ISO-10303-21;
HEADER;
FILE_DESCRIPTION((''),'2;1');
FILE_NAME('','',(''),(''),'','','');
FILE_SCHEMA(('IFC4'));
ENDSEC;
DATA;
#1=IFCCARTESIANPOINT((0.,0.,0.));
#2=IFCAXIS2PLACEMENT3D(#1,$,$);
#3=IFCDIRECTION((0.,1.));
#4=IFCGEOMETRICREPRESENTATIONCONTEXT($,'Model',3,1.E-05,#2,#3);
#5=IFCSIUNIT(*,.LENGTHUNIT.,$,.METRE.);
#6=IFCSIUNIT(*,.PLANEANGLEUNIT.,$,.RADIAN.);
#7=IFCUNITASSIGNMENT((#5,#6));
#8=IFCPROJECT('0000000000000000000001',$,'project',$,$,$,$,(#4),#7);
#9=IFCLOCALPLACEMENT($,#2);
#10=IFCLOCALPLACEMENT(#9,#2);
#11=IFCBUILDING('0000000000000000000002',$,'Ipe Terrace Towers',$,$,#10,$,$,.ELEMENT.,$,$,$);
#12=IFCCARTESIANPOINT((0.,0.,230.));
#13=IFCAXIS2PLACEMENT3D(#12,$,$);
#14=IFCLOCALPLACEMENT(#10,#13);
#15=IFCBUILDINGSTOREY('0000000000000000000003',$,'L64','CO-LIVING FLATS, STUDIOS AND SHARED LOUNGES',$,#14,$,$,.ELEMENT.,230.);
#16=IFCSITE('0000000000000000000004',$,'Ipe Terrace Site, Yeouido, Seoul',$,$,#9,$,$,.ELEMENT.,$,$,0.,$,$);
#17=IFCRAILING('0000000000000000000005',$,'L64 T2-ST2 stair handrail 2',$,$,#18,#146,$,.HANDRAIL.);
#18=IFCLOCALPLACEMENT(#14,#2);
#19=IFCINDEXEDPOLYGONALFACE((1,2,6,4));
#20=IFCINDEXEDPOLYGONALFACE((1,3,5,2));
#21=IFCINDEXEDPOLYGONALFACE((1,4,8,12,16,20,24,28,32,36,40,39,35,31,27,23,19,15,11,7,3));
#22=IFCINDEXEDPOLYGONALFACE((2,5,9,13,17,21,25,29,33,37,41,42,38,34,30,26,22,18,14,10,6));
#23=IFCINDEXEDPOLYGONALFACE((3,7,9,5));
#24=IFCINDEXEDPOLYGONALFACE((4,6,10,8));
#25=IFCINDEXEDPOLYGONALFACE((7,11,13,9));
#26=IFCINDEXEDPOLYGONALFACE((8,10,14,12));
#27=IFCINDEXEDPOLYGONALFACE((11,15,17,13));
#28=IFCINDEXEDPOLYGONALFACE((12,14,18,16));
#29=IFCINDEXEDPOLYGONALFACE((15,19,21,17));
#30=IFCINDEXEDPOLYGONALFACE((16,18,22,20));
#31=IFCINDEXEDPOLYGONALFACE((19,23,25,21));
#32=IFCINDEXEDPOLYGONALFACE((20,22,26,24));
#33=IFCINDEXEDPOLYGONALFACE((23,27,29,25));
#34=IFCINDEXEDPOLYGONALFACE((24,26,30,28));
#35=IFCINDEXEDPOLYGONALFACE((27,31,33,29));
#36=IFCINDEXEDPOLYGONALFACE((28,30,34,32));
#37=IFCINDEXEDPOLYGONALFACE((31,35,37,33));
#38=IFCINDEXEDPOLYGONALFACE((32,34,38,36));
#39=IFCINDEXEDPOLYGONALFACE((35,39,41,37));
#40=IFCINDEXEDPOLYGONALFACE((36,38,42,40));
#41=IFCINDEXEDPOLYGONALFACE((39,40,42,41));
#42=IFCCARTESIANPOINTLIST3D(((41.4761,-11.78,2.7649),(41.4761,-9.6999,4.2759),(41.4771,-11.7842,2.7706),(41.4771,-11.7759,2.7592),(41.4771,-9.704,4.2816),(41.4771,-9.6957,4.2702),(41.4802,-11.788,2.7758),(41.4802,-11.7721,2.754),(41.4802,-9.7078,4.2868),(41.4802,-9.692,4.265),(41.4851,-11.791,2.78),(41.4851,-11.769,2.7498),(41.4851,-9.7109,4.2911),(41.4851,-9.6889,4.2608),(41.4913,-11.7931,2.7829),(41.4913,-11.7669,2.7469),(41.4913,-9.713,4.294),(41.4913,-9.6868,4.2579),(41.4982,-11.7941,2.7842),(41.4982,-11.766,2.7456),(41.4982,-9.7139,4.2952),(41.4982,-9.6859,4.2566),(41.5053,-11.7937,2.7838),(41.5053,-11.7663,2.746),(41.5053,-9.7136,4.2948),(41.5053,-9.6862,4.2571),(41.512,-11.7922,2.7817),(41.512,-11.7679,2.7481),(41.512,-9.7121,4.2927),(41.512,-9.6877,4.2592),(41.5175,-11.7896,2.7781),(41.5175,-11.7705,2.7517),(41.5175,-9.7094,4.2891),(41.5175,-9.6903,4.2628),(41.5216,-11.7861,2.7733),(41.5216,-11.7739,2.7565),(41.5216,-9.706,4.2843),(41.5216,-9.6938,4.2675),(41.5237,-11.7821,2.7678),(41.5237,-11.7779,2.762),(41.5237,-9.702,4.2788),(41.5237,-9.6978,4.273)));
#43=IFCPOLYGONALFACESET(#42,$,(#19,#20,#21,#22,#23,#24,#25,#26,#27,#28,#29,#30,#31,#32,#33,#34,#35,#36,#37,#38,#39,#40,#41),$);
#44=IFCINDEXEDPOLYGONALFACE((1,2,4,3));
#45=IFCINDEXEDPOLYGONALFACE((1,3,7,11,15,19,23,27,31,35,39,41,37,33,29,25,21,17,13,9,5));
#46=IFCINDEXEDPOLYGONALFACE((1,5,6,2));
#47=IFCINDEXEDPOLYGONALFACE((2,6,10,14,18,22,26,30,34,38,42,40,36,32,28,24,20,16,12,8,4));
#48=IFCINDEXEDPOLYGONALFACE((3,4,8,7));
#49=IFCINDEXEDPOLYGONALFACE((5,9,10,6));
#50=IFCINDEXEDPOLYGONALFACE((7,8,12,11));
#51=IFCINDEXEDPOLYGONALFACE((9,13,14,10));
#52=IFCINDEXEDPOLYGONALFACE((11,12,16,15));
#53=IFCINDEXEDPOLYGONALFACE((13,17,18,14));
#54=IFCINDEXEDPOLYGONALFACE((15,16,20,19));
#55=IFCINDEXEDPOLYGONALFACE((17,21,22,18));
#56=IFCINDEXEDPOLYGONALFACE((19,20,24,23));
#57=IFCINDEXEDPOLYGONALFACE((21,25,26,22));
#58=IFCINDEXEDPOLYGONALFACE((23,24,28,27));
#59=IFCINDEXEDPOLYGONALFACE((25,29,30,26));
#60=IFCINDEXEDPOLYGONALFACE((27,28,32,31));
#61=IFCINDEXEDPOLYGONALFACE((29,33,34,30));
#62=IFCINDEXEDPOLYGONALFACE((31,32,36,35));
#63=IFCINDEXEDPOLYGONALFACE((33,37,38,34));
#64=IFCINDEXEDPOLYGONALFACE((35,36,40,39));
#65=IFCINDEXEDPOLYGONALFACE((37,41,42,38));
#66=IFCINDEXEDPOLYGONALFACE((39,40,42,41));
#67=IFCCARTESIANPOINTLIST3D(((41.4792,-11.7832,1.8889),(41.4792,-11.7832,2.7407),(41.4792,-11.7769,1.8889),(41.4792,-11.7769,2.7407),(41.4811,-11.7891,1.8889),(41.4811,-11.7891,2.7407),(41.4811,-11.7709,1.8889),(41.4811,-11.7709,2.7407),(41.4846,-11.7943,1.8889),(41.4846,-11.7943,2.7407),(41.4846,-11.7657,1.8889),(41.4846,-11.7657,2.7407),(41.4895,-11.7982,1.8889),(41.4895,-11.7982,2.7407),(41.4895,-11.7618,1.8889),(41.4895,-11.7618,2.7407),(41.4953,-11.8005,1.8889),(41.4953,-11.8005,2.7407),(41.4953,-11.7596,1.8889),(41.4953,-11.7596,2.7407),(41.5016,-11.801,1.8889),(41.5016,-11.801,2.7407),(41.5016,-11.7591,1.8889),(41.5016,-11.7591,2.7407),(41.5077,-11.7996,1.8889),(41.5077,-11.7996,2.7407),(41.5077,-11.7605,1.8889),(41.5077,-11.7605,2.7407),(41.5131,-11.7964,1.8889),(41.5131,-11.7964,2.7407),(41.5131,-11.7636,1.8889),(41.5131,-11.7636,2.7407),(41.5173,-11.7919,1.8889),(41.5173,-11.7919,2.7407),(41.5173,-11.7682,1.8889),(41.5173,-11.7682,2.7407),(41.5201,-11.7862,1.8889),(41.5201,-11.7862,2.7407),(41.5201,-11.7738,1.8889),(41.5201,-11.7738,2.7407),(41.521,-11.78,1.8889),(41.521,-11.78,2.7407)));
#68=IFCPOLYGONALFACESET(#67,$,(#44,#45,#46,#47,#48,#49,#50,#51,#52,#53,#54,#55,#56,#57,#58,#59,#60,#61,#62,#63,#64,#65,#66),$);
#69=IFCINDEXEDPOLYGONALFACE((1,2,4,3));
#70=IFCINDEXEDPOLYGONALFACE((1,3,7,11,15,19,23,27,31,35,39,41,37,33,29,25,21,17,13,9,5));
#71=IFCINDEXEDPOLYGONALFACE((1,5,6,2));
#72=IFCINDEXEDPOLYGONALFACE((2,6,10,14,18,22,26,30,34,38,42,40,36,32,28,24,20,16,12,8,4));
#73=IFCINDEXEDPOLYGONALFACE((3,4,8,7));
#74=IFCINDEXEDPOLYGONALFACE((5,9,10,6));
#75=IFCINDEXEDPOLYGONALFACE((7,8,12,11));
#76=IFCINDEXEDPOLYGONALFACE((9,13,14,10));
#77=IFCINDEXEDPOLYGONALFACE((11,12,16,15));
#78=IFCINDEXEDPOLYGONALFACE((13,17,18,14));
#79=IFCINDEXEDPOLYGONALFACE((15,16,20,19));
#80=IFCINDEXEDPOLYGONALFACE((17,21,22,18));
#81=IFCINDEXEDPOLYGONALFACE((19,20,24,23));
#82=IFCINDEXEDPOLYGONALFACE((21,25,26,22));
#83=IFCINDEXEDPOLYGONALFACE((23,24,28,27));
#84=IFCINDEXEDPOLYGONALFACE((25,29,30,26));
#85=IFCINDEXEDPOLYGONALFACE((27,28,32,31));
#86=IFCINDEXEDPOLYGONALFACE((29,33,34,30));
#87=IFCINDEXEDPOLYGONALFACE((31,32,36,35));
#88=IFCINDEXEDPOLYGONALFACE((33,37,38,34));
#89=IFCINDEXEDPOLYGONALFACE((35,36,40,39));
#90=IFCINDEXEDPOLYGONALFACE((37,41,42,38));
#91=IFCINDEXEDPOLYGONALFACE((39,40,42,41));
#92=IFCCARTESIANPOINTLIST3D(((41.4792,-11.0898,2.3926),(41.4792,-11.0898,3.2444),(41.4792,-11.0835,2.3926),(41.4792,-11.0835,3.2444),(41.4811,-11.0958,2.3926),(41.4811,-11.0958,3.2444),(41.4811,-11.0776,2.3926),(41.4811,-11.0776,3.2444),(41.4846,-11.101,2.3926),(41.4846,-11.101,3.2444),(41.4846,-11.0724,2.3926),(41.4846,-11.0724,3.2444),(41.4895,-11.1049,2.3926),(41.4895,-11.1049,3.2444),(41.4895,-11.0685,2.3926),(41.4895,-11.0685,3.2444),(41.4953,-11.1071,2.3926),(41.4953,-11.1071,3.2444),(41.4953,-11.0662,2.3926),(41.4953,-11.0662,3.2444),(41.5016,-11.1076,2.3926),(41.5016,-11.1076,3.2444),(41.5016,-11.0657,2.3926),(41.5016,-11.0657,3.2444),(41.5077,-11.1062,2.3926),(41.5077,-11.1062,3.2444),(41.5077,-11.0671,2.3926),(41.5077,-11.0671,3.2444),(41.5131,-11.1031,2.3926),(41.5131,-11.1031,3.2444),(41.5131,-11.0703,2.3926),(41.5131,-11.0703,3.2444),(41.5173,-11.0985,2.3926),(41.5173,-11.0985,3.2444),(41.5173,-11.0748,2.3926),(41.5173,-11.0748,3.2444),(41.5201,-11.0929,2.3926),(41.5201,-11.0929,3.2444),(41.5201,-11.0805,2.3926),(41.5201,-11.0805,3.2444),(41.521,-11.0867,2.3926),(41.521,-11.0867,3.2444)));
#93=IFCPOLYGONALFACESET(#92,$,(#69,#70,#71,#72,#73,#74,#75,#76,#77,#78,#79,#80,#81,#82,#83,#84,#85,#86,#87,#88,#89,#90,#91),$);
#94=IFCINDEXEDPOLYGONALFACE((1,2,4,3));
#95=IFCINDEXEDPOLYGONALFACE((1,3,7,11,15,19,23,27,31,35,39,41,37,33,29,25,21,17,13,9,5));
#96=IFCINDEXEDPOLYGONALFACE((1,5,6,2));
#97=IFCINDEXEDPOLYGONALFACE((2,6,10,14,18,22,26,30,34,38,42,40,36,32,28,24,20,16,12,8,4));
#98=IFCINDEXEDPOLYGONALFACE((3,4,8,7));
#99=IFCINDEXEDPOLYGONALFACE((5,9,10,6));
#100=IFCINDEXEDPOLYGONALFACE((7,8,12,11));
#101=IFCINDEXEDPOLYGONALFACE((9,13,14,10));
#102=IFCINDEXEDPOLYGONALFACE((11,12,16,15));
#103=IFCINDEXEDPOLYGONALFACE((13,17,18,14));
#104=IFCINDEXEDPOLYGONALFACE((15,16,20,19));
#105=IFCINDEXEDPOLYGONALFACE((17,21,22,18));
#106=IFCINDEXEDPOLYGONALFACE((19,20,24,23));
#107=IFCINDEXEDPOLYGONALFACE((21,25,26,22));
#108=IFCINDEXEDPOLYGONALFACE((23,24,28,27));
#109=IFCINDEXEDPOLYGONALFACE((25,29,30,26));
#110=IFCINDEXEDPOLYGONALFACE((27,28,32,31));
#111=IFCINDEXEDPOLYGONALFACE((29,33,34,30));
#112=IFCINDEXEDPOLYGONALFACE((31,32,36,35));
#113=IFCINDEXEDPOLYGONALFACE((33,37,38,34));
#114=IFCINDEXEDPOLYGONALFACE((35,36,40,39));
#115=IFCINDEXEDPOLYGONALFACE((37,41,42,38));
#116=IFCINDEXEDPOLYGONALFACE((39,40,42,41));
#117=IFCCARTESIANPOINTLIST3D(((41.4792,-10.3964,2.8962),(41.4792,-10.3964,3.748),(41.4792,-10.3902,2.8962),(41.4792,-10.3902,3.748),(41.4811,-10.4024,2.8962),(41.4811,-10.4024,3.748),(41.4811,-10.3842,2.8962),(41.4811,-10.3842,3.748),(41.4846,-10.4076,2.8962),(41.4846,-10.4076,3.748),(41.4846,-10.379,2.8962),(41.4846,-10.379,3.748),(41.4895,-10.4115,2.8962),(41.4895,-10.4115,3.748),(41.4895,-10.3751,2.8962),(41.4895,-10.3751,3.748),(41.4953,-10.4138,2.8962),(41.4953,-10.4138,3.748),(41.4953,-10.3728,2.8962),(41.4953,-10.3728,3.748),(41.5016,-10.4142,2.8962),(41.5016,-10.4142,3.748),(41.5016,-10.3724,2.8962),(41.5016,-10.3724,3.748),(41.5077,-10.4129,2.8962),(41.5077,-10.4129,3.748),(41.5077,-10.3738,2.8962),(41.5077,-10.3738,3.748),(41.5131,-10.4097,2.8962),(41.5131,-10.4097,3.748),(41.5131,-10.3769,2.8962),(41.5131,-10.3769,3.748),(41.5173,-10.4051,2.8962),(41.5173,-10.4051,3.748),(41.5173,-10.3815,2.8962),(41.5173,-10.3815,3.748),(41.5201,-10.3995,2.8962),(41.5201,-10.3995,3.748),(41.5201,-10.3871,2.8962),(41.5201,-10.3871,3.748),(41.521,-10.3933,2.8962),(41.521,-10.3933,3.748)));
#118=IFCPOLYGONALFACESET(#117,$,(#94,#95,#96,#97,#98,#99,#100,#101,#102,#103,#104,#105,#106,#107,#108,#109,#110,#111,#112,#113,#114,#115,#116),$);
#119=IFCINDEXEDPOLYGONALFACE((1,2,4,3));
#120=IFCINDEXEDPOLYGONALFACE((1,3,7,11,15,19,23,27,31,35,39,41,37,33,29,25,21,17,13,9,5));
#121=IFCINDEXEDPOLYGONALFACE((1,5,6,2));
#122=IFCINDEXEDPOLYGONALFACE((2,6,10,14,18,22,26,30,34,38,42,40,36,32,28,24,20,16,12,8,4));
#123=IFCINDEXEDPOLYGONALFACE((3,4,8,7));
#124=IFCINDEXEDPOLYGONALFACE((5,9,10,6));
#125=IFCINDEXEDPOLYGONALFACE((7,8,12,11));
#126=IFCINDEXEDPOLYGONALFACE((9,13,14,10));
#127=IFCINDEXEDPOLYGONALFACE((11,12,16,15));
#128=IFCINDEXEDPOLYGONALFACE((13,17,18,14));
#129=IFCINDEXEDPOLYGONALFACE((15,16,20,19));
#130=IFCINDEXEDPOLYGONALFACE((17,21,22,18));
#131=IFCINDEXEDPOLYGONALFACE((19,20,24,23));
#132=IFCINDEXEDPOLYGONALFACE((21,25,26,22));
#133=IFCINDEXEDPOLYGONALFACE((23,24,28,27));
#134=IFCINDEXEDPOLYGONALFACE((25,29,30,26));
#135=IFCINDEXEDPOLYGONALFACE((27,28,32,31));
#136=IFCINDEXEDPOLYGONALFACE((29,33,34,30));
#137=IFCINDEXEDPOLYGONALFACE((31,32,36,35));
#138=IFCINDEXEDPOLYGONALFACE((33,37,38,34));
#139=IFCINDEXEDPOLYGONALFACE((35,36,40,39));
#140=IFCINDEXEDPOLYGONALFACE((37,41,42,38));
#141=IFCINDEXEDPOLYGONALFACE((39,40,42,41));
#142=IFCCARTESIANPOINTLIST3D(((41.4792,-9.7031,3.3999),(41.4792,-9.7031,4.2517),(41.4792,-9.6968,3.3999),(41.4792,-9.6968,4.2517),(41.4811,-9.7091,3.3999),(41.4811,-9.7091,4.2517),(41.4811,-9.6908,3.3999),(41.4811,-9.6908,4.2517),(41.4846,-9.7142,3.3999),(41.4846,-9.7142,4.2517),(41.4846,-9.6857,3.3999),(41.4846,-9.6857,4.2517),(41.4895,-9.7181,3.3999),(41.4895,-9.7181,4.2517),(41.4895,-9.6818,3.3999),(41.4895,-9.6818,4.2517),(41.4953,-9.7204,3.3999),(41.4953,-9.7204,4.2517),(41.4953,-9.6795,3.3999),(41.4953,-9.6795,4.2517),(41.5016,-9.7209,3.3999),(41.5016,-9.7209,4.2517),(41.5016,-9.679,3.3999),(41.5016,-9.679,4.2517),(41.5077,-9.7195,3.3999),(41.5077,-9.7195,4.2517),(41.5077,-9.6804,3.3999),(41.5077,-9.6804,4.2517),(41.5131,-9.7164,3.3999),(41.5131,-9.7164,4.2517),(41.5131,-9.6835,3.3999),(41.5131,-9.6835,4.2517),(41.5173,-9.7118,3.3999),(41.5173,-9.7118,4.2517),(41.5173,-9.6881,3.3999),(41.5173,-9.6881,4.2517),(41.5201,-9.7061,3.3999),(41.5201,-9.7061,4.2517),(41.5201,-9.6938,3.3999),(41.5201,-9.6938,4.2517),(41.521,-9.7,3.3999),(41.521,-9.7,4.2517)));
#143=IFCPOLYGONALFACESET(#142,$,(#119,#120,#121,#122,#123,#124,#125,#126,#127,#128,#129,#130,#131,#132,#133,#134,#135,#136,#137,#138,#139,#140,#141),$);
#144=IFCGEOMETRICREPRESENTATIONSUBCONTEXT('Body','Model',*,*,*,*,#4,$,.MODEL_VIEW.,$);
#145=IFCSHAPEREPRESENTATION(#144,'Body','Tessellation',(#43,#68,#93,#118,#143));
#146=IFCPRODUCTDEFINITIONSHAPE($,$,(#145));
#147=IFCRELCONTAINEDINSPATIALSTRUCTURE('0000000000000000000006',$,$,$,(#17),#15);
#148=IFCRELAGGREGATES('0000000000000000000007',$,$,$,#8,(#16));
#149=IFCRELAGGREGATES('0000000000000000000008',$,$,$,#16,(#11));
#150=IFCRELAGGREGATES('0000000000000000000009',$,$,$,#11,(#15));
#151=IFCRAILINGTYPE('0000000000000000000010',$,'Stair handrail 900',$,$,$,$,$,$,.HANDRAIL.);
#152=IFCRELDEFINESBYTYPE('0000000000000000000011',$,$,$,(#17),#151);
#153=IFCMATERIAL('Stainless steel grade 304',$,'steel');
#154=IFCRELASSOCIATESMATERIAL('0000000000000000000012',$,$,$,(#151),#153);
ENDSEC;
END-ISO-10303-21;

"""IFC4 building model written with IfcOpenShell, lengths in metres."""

from ifc_helpers import new_model, si_unit, direction, frame, origin, origin_2d, place, context, subcontext, project, spatial, circle, extrude, material, type_object, element, save


model = new_model("IFC4")

# Units and contexts
model_context = context("Model", 3, precision=1e-05, world=origin(), true_north=direction((0.0, 1.0)))
body_context = subcontext(model_context, "Body", "Model", "MODEL_VIEW")
ifc_project = project(units=[si_unit("LENGTHUNIT", "METRE"), si_unit("PLANEANGLEUNIT", "RADIAN")], contexts=[model_context])

# Site, building, storey
site_placement = place(None, origin())
site = spatial("IfcSite", under=ifc_project, at=site_placement, Name="Ipe Terrace Site, Yeouido, Seoul", CompositionType="ELEMENT", RefElevation=0.0)
building_placement = place(site_placement, origin())
building = spatial("IfcBuilding", under=site, at=building_placement, Name="Ipe Terrace Towers", CompositionType="ELEMENT")
storey_placement = place(building_placement, frame((0.0, 0.0, 230.0)))
storey = spatial("IfcBuildingStorey", under=building, at=storey_placement, Name="L64", Description="CO-LIVING FLATS, STUDIOS AND SHARED LOUNGES", CompositionType="ELEMENT", Elevation=230.0)

# Railing
ifc_material_1 = material(Name="Stainless steel grade 304", Category="steel")
railing_type = type_object("IfcRailingType", Name="Stair handrail 900", PredefinedType="HANDRAIL", material=ifc_material_1)
railing_placement = place(storey_placement, frame((41.5, -11.78, 1.8889)))
element("IfcRailing", 1, at=railing_placement, inside=storey, type_object=railing_type, Name="L64 T2-ST2 stair handrail 2", PredefinedType="HANDRAIL", context=body_context, shape_type="SweptSolid", body=[
    extrude(circle(Radius=0.0239, at=origin_2d()), frame((0.0, 0.0, 0.876), z_axis=(0.0, 0.809069, 0.587714), x_axis=(-1.0, 0.0, 0.0)), (0.0, 0.0, 1.0), 2.571),
    extrude(circle(Radius=0.021, at=origin_2d()), origin(), (0.0, 0.0, 1.0), 0.8518),
    extrude(circle(Radius=0.021, at=origin_2d()), frame((0.0, 0.6934, 0.5037)), (0.0, 0.0, 1.0), 0.8518),
    extrude(circle(Radius=0.021, at=origin_2d()), frame((0.0, 1.3867, 1.0073)), (0.0, 0.0, 1.0), 0.8518),
    extrude(circle(Radius=0.021, at=origin_2d()), frame((0.0, 2.0801, 1.511)), (0.0, 0.0, 1.0), 0.8518),
])

save(model, "model.ifc")
